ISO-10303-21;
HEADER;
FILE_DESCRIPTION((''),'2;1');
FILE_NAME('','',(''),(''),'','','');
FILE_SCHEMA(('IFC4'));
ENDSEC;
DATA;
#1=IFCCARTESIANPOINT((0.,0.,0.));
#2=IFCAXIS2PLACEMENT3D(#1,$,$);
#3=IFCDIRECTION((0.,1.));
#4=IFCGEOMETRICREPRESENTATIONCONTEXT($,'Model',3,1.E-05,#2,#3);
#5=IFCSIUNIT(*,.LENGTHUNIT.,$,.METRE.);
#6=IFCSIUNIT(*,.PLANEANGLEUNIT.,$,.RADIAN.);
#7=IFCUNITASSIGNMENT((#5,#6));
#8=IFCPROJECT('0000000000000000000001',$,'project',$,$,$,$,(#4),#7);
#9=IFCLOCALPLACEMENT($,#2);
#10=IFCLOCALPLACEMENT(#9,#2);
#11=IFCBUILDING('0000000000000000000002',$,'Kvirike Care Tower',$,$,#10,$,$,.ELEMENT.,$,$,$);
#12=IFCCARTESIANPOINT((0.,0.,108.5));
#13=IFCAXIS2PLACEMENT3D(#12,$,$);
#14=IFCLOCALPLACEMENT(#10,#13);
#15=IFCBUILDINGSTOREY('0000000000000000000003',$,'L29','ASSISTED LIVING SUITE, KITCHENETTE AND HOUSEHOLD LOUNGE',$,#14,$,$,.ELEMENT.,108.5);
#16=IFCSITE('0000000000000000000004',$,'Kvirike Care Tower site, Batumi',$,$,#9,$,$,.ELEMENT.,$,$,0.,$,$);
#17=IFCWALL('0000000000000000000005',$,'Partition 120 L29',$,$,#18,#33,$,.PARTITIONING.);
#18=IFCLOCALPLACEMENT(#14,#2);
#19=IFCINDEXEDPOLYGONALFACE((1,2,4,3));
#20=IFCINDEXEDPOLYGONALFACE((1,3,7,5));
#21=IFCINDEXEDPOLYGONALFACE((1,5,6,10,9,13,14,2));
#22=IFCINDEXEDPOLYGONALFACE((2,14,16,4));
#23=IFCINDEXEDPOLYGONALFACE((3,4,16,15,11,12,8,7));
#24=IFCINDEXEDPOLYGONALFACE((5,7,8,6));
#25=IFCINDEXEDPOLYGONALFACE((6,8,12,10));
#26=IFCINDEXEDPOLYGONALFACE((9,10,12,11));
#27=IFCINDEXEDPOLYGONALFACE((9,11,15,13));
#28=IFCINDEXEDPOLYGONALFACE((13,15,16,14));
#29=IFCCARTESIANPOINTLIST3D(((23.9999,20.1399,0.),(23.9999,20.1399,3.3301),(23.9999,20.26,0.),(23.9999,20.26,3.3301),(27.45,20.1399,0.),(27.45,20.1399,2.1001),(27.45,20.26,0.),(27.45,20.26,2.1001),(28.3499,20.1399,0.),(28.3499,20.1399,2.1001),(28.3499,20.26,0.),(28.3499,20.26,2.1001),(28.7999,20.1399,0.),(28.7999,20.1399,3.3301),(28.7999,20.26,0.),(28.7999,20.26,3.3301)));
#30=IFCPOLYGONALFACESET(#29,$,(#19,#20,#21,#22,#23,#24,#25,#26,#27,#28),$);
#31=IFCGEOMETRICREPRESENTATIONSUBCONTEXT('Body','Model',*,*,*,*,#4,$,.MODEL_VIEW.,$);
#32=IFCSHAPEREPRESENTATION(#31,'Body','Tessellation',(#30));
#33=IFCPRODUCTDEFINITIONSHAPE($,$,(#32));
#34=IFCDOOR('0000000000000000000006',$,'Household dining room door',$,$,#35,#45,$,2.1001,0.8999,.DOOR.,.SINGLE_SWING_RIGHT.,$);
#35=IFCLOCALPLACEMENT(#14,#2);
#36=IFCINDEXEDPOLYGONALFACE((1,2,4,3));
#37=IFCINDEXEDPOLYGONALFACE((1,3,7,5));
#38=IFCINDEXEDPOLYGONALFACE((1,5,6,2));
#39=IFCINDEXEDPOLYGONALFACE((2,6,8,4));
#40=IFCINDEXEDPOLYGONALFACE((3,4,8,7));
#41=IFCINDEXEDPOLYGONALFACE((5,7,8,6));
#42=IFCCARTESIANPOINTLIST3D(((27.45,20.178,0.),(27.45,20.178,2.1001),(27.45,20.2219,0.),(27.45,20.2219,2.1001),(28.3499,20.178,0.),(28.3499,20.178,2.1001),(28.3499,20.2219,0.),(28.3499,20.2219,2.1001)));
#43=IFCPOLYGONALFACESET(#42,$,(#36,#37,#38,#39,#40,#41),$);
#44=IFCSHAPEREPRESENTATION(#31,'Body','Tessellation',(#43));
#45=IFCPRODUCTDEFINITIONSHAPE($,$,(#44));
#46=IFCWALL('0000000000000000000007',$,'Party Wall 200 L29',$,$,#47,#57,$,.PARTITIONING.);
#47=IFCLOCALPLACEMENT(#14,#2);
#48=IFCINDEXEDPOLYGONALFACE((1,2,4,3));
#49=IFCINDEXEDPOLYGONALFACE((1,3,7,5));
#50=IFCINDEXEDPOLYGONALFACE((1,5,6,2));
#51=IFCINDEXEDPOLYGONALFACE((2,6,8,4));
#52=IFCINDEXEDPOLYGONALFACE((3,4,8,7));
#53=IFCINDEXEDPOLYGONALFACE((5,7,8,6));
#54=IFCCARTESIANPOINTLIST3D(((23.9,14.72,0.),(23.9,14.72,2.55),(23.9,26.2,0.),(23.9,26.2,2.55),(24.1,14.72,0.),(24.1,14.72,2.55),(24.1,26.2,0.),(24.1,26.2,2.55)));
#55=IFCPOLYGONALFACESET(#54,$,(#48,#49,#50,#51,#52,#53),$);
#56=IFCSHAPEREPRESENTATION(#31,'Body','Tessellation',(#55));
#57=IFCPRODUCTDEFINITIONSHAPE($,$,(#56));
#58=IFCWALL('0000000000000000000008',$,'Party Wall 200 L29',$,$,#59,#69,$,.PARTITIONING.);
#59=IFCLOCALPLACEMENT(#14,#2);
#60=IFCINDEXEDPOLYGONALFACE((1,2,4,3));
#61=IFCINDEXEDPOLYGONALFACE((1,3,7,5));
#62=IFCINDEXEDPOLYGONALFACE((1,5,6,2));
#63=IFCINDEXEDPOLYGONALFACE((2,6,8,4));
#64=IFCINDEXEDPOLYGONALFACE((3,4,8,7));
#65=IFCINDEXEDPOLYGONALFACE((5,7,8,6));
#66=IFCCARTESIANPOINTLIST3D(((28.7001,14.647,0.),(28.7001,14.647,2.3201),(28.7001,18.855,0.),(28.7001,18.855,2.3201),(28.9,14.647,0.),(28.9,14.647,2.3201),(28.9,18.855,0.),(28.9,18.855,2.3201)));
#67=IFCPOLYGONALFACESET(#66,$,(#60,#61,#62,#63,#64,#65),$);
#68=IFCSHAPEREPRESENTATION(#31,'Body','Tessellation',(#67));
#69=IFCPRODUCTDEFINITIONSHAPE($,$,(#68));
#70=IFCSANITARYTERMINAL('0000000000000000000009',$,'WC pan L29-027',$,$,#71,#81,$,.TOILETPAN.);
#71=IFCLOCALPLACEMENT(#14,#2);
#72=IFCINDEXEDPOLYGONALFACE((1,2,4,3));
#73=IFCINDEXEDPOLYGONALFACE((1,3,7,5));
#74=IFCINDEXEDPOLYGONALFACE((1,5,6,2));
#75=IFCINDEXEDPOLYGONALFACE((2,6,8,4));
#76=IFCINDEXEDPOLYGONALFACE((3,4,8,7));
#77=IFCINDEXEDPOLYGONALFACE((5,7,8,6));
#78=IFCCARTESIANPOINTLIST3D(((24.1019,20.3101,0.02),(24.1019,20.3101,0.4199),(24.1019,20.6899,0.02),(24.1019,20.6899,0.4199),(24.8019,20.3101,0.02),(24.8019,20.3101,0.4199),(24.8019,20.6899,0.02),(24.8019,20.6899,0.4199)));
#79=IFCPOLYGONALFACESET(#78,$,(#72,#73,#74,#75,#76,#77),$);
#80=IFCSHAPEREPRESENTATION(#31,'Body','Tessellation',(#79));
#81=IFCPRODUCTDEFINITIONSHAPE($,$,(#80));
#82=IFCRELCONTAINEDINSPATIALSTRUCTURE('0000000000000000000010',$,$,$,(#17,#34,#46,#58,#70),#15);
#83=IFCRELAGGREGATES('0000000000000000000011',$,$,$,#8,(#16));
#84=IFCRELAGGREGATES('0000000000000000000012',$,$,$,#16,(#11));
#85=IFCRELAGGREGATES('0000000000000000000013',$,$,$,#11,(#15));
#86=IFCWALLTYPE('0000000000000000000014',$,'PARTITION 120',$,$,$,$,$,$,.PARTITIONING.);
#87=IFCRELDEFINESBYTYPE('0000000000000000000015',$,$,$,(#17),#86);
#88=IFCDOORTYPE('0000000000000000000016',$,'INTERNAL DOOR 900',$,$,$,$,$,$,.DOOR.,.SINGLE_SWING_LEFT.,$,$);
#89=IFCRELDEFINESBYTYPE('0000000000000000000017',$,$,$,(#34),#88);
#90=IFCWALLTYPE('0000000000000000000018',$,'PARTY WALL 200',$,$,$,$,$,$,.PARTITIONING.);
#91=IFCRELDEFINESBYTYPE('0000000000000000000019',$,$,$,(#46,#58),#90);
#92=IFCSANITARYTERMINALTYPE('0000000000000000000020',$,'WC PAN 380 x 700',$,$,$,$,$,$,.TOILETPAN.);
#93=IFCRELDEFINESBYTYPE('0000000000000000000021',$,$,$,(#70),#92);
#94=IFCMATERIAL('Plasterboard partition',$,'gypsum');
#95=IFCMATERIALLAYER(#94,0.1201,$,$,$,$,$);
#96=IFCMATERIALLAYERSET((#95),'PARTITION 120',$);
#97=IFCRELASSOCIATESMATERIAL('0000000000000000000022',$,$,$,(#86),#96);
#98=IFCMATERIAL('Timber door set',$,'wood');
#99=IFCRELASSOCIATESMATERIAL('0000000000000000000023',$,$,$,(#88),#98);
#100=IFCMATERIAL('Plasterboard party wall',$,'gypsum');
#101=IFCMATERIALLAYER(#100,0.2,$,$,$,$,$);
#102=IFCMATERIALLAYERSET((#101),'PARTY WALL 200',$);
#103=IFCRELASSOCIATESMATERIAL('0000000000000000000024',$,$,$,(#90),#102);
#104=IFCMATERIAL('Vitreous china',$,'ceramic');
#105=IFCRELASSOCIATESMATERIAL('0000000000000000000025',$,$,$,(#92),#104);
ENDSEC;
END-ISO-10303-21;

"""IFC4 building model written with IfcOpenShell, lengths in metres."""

from ifc_helpers import new_model, si_unit, direction, frame, frame_2d, origin, origin_2d, place, context, subcontext, project, spatial, rectangle, extrude, material, layer, layer_set, type_object, element, fill, save


model = new_model("IFC4")

# Units and contexts
model_context = context("Model", 3, precision=1e-05, world=origin(), true_north=direction((0.0, 1.0)))
body_context = subcontext(model_context, "Body", "Model", "MODEL_VIEW")
ifc_project = project(units=[si_unit("LENGTHUNIT", "METRE"), si_unit("PLANEANGLEUNIT", "RADIAN")], contexts=[model_context])

# Site, building, storey
site_placement = place(None, origin())
site = spatial("IfcSite", under=ifc_project, at=site_placement, Name="Kvirike Care Tower site, Batumi", CompositionType="ELEMENT", RefElevation=0.0)
building_placement = place(site_placement, origin())
building = spatial("IfcBuilding", under=site, at=building_placement, Name="Kvirike Care Tower", CompositionType="ELEMENT")
storey_placement = place(building_placement, frame((0.0, 0.0, 108.5)))
storey = spatial("IfcBuildingStorey", under=building, at=storey_placement, Name="L29", Description="ASSISTED LIVING SUITE, KITCHENETTE AND HOUSEHOLD LOUNGE", CompositionType="ELEMENT", Elevation=108.5)

# Wall, opening, door
ifc_material_1 = material(Name="Plasterboard partition", Category="gypsum")
ifc_layer_1 = layer(ifc_material_1, 0.1201)
ifc_layer_set_1 = layer_set([ifc_layer_1], Name="PARTITION 120")
wall_type_1 = type_object("IfcWallType", Name="PARTITION 120", PredefinedType="PARTITIONING", material=ifc_layer_set_1)
wall_1_placement = place(storey_placement, frame((24.0, 20.2, 0.0), z_axis=(0.0, 0.0, 1.0), x_axis=(1.0, 0.0, 0.0)))
wall_1 = element("IfcWall", 1, at=wall_1_placement, inside=storey, type_object=wall_type_1, Name="Partition 120 L29", PredefinedType="PARTITIONING", context=body_context, shape_type="SweptSolid", body=[
    extrude(rectangle(XDim=4.8, YDim=0.1201, at=frame_2d((2.3999, 0.0))), origin(), (0.0, 0.0, 1.0), 3.3301),
])
opening_1_placement = place(wall_1_placement, frame((3.45, 0.0, 0.0)))
opening_1 = element("IfcOpeningElement", 2, at=opening_1_placement, cuts=wall_1, PredefinedType="OPENING", context=body_context, shape_type="SweptSolid", body=[
    extrude(rectangle(XDim=0.8999, YDim=2.1001, at=frame_2d((0.45, 1.05))), frame((0.0, 0.0706, 0.0), z_axis=(0.0, -1.0, 0.0), x_axis=(1.0, 0.0, 0.0)), (0.0, 0.0, 1.0), 0.1411),
])
ifc_material_2 = material(Name="Timber door set", Category="wood")
door_type_1 = type_object("IfcDoorType", Name="INTERNAL DOOR 900", OperationType="SINGLE_SWING_LEFT", PredefinedType="DOOR", material=ifc_material_2)
door_1_placement = place(opening_1_placement, origin())
door_1 = element("IfcDoor", 3, at=door_1_placement, inside=storey, type_object=door_type_1, Name="Household dining room door", OperationType="SINGLE_SWING_RIGHT", OverallHeight=2.1001, OverallWidth=0.8999, PredefinedType="DOOR", context=body_context, shape_type="SweptSolid", body=[
    extrude(rectangle(XDim=0.8999, YDim=2.1001, at=frame_2d((0.45, 1.05))), frame((0.0, 0.022, 0.0), z_axis=(0.0, -1.0, 0.0), x_axis=(1.0, 0.0, 0.0)), (0.0, 0.0, 1.0), 0.0439),
])
fill(opening_1, door_1)

# Walls
ifc_material_3 = material(Name="Plasterboard party wall", Category="gypsum")
ifc_layer_2 = layer(ifc_material_3, 0.2)
ifc_layer_set_2 = layer_set([ifc_layer_2], Name="PARTY WALL 200")
wall_type_2 = type_object("IfcWallType", Name="PARTY WALL 200", PredefinedType="PARTITIONING", material=ifc_layer_set_2)
wall_2_placement = place(storey_placement, frame((24.0, 14.72, 0.0), z_axis=(0.0, 0.0, 1.0), x_axis=(0.0, 1.0, 0.0)))
element("IfcWall", 4, at=wall_2_placement, inside=storey, type_object=wall_type_2, Name="Party Wall 200 L29", PredefinedType="PARTITIONING", context=body_context, shape_type="SweptSolid", body=[
    extrude(rectangle(XDim=11.48, YDim=0.2, at=frame_2d((5.74, 0.0))), origin(), (0.0, 0.0, 1.0), 2.55),
])
wall_3_placement = place(storey_placement, frame((28.8, 14.647, 0.0), z_axis=(0.0, 0.0, 1.0), x_axis=(0.0, 1.0, 0.0)))
element("IfcWall", 5, at=wall_3_placement, inside=storey, type_object=wall_type_2, Name="Party Wall 200 L29", PredefinedType="PARTITIONING", context=body_context, shape_type="SweptSolid", body=[
    extrude(rectangle(XDim=4.208, YDim=0.2, at=frame_2d((2.104, 0.0))), origin(), (0.0, 0.0, 1.0), 2.3201),
])

# Sanitary terminal
ifc_material_4 = material(Name="Vitreous china", Category="ceramic")
sanitary_terminal_type = type_object("IfcSanitaryTerminalType", Name="WC PAN 380 x 700", PredefinedType="TOILETPAN", material=ifc_material_4)
sanitary_terminal_placement = place(storey_placement, frame((24.4519, 20.5, 0.02), z_axis=(0.0, 0.0, 1.0), x_axis=(0.0, 1.0, 0.0)))
element("IfcSanitaryTerminal", 6, at=sanitary_terminal_placement, inside=storey, type_object=sanitary_terminal_type, Name="WC pan L29-027", PredefinedType="TOILETPAN", context=body_context, shape_type="SweptSolid", body=[
    extrude(rectangle(XDim=0.3799, YDim=0.7, at=origin_2d()), origin(), (0.0, 0.0, 1.0), 0.3999),
])

save(model, "model.ifc")
